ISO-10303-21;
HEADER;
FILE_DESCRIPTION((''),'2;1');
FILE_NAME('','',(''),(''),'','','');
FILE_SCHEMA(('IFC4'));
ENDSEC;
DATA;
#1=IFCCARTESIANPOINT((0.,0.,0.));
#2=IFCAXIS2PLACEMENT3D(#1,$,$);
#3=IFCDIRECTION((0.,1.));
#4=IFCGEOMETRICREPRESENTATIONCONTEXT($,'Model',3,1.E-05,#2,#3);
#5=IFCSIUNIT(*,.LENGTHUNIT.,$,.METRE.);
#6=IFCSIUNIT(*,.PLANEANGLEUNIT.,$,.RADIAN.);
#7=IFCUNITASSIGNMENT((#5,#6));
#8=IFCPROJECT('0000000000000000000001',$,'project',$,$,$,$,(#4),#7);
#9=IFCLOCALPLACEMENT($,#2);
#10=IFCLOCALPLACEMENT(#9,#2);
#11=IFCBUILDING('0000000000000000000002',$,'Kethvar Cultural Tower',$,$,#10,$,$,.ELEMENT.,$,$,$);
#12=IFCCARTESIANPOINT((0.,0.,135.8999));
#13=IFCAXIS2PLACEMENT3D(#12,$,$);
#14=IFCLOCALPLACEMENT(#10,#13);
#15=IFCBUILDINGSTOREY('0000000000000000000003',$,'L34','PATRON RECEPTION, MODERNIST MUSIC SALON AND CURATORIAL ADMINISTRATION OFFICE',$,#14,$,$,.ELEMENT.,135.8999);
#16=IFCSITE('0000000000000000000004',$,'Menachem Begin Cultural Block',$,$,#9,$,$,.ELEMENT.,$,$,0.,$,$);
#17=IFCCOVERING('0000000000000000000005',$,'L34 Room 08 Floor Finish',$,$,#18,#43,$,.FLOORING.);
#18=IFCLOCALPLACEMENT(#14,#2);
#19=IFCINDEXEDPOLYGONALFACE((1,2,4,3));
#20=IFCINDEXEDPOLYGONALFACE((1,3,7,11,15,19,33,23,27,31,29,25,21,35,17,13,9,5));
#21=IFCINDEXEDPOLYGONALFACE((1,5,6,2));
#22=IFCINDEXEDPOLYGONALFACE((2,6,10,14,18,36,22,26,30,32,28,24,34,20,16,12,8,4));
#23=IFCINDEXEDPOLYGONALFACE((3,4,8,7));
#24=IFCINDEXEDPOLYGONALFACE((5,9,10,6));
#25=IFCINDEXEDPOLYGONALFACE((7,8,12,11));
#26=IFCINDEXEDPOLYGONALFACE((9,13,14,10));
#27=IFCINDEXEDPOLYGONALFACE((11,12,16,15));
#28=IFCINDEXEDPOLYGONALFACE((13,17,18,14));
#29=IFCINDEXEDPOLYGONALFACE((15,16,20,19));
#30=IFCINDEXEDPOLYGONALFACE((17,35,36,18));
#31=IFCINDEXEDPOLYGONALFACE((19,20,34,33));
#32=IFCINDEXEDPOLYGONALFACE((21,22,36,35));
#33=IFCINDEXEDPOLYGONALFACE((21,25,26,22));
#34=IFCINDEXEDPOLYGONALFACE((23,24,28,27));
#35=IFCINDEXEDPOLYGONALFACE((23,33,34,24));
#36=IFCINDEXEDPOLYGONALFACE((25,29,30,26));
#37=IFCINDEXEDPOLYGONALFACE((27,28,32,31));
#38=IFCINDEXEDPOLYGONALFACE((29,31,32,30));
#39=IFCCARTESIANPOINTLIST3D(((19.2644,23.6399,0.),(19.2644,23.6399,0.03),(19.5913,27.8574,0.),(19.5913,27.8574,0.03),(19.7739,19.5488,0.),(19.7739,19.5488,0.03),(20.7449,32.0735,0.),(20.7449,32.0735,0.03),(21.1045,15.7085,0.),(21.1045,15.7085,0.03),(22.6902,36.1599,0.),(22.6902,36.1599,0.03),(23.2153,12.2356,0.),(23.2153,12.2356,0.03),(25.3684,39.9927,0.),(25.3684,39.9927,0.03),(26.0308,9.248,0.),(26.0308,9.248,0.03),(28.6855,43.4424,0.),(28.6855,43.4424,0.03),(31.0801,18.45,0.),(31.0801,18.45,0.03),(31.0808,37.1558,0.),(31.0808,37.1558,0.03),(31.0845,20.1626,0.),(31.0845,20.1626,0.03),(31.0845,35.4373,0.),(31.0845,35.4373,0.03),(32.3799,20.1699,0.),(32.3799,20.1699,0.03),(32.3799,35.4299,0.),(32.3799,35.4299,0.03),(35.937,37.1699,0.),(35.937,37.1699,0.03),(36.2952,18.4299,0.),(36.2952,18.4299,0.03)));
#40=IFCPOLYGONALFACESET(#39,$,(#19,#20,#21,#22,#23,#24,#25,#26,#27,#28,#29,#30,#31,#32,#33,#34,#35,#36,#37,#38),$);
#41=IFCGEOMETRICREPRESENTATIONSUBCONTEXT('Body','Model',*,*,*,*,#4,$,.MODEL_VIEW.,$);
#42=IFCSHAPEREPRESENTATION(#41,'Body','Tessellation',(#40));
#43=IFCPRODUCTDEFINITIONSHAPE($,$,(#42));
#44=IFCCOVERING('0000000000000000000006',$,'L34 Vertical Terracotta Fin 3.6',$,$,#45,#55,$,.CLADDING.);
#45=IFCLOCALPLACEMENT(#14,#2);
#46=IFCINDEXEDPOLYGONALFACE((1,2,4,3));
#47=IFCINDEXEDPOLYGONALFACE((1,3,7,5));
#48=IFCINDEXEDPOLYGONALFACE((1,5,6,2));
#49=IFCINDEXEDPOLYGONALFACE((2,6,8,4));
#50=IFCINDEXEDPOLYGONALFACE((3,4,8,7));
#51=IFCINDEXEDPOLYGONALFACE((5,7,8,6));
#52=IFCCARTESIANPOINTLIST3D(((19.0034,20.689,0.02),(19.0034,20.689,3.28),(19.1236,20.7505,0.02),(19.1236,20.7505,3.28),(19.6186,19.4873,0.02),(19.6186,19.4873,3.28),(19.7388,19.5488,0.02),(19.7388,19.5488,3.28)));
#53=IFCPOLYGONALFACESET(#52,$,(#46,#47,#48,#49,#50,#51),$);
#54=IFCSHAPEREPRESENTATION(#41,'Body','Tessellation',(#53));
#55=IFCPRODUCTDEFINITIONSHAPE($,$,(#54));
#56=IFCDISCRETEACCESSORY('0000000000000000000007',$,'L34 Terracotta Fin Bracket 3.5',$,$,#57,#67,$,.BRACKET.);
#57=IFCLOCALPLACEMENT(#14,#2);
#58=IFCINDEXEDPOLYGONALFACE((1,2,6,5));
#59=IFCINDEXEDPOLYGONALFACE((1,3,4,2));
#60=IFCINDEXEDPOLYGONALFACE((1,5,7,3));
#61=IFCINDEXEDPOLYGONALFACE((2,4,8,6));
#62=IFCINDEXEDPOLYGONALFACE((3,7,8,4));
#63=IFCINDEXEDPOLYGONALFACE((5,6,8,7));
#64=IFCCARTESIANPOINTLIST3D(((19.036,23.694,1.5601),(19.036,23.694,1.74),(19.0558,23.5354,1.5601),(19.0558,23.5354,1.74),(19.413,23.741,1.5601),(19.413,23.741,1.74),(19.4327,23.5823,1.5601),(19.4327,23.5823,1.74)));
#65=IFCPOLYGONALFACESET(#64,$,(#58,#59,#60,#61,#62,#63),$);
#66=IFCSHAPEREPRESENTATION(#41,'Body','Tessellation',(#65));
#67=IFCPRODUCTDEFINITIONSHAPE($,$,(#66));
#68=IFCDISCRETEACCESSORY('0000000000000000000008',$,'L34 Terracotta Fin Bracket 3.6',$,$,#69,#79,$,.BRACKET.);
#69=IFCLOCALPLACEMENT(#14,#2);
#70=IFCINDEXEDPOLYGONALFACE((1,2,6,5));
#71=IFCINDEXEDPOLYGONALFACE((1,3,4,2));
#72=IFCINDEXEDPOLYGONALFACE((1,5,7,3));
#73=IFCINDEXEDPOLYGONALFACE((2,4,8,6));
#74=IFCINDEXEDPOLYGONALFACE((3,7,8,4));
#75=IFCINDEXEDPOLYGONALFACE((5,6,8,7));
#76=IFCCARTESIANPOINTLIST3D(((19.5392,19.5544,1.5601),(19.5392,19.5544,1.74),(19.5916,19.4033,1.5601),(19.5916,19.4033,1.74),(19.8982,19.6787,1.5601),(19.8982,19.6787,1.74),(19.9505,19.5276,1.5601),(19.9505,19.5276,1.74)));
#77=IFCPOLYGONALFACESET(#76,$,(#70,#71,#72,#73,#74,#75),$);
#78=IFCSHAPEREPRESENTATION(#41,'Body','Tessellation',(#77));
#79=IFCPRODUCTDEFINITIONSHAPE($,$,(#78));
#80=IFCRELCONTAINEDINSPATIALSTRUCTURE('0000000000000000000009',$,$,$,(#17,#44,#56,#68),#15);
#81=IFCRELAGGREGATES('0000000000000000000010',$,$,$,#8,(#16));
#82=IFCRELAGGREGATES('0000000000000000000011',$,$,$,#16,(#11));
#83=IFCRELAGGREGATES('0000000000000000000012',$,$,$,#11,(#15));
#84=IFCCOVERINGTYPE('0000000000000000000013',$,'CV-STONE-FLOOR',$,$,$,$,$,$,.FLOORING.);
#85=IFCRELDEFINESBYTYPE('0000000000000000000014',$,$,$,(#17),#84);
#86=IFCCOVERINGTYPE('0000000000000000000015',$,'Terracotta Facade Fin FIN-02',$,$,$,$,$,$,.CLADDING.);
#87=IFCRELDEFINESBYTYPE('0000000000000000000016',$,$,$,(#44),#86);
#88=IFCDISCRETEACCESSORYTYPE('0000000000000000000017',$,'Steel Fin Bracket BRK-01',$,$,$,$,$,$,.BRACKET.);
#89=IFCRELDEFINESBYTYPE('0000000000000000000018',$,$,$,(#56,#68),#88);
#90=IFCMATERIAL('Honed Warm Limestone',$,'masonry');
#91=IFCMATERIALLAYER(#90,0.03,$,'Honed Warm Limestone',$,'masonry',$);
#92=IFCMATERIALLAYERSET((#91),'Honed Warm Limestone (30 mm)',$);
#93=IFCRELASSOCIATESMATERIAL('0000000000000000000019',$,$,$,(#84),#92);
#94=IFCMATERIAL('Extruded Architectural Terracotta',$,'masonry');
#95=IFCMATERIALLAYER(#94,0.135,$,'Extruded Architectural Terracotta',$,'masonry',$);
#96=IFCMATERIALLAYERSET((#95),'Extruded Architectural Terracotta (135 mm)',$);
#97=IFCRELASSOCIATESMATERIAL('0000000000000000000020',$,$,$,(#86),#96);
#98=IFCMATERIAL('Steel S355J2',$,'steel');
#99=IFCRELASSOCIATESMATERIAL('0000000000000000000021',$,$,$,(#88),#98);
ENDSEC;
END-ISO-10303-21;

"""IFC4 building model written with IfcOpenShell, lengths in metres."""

from ifc_helpers import new_model, si_unit, direction, frame, origin, origin_2d, place, context, subcontext, project, spatial, polyline, rectangle, outline, extrude, source, transform, mapped, material, layer, layer_set, type_object, element, save


model = new_model("IFC4")

# Units and contexts
model_context = context("Model", 3, precision=1e-05, world=origin(), true_north=direction((0.0, 1.0)))
body_context = subcontext(model_context, "Body", "Model", "MODEL_VIEW")
ifc_project = project(units=[si_unit("LENGTHUNIT", "METRE"), si_unit("PLANEANGLEUNIT", "RADIAN")], contexts=[model_context])

# Site, building, storey
site_placement = place(None, origin())
site = spatial("IfcSite", under=ifc_project, at=site_placement, Name="Menachem Begin Cultural Block", CompositionType="ELEMENT", RefElevation=0.0)
building_placement = place(site_placement, origin())
building = spatial("IfcBuilding", under=site, at=building_placement, Name="Kethvar Cultural Tower", CompositionType="ELEMENT")
storey_placement = place(building_placement, frame((0.0, 0.0, 135.8999)))
storey = spatial("IfcBuildingStorey", under=building, at=storey_placement, Name="L34", Description="PATRON RECEPTION, MODERNIST MUSIC SALON AND CURATORIAL ADMINISTRATION OFFICE", CompositionType="ELEMENT", Elevation=135.8999)

# Coverings
ifc_material_1 = material(Name="Honed Warm Limestone", Category="masonry")
ifc_layer_1 = layer(ifc_material_1, 0.03, Name="Honed Warm Limestone", Category="masonry")
ifc_layer_set_1 = layer_set([ifc_layer_1], Name="Honed Warm Limestone (30 mm)")
covering_type_1 = type_object("IfcCoveringType", Name="CV-STONE-FLOOR", PredefinedType="FLOORING", material=ifc_layer_set_1)
covering_1_placement = place(storey_placement, origin())
element("IfcCovering", 1, at=covering_1_placement, inside=storey, type_object=covering_type_1, Name="L34 Room 08 Floor Finish", PredefinedType="FLOORING", context=body_context, shape_type="SweptSolid", body=[
    extrude(outline(polyline([(23.2153, 12.2356), (21.1045, 15.7085), (19.7739, 19.5488), (19.2644, 23.6399), (19.5913, 27.8574), (20.7449, 32.0735), (22.6902, 36.1599), (25.3684, 39.9927), (28.6855, 43.4424), (35.937, 37.1699), (31.0808, 37.1558), (31.0845, 35.4373), (32.3799, 35.4299), (32.3799, 20.1699), (31.0845, 20.1626), (31.0801, 18.45), (36.2952, 18.4299), (26.0308, 9.248), (23.2153, 12.2356)])), origin(), (0.0, 0.0, 1.0), 0.03),
])
ifc_material_2 = material(Name="Extruded Architectural Terracotta", Category="masonry")
ifc_layer_2 = layer(ifc_material_2, 0.135, Name="Extruded Architectural Terracotta", Category="masonry")
ifc_layer_set_2 = layer_set([ifc_layer_2], Name="Extruded Architectural Terracotta (135 mm)")
covering_type_2 = type_object("IfcCoveringType", Name="Terracotta Facade Fin FIN-02", PredefinedType="CLADDING", material=ifc_layer_set_2)
shared_shape_1 = source(origin(), body_context, "Body", "SweptSolid", [
    extrude(rectangle(XDim=1.3501, YDim=0.135, at=origin_2d()), origin(), (0.0, 0.0, 1.0), 3.26),
])
covering_2_placement = place(storey_placement, frame((19.3711, 20.1189, 0.02), z_axis=(0.0, 0.0, 1.0), x_axis=(-0.4557, 0.890133, 0.0)))
element("IfcCovering", 2, at=covering_2_placement, inside=storey, type_object=covering_type_2, Name="L34 Vertical Terracotta Fin 3.6", PredefinedType="CLADDING", context=body_context, shape_type="MappedRepresentation", body=[
    mapped(shared_shape_1, transform((0.0, 0.0, 0.0), scale=1.0)),
])

# Discrete accessories
ifc_material_3 = material(Name="Steel S355J2", Category="steel")
discrete_accessory_type = type_object("IfcDiscreteAccessoryType", Name="Steel Fin Bracket BRK-01", PredefinedType="BRACKET", material=ifc_material_3)
shared_shape_2 = source(origin(), body_context, "Body", "SweptSolid", [
    extrude(rectangle(XDim=0.3799, YDim=0.1599, at=origin_2d()), origin(), (0.0, 0.0, 1.0), 0.1799),
])
for number, where, z_axis, x_axis, name in (
    (3, (19.2344, 23.6382, 1.5601), (0.0, 0.0, 1.0), (-0.992332, -0.123601, 0.0), "L34 Terracotta Fin Bracket 3.5"),
    (4, (19.7449, 19.541, 1.5601), (0.0, 0.0, 1.0), (-0.944892, -0.327383, 0.0), "L34 Terracotta Fin Bracket 3.6"),
):
    element("IfcDiscreteAccessory", number, at=place(storey_placement, frame(where, z_axis=z_axis, x_axis=x_axis)), inside=storey, type_object=discrete_accessory_type, Name=name, PredefinedType="BRACKET", context=body_context, shape_type="MappedRepresentation", body=[
        mapped(shared_shape_2, transform((0.0, 0.0, 0.0), scale=1.0)),
    ])

save(model, "model.ifc")
